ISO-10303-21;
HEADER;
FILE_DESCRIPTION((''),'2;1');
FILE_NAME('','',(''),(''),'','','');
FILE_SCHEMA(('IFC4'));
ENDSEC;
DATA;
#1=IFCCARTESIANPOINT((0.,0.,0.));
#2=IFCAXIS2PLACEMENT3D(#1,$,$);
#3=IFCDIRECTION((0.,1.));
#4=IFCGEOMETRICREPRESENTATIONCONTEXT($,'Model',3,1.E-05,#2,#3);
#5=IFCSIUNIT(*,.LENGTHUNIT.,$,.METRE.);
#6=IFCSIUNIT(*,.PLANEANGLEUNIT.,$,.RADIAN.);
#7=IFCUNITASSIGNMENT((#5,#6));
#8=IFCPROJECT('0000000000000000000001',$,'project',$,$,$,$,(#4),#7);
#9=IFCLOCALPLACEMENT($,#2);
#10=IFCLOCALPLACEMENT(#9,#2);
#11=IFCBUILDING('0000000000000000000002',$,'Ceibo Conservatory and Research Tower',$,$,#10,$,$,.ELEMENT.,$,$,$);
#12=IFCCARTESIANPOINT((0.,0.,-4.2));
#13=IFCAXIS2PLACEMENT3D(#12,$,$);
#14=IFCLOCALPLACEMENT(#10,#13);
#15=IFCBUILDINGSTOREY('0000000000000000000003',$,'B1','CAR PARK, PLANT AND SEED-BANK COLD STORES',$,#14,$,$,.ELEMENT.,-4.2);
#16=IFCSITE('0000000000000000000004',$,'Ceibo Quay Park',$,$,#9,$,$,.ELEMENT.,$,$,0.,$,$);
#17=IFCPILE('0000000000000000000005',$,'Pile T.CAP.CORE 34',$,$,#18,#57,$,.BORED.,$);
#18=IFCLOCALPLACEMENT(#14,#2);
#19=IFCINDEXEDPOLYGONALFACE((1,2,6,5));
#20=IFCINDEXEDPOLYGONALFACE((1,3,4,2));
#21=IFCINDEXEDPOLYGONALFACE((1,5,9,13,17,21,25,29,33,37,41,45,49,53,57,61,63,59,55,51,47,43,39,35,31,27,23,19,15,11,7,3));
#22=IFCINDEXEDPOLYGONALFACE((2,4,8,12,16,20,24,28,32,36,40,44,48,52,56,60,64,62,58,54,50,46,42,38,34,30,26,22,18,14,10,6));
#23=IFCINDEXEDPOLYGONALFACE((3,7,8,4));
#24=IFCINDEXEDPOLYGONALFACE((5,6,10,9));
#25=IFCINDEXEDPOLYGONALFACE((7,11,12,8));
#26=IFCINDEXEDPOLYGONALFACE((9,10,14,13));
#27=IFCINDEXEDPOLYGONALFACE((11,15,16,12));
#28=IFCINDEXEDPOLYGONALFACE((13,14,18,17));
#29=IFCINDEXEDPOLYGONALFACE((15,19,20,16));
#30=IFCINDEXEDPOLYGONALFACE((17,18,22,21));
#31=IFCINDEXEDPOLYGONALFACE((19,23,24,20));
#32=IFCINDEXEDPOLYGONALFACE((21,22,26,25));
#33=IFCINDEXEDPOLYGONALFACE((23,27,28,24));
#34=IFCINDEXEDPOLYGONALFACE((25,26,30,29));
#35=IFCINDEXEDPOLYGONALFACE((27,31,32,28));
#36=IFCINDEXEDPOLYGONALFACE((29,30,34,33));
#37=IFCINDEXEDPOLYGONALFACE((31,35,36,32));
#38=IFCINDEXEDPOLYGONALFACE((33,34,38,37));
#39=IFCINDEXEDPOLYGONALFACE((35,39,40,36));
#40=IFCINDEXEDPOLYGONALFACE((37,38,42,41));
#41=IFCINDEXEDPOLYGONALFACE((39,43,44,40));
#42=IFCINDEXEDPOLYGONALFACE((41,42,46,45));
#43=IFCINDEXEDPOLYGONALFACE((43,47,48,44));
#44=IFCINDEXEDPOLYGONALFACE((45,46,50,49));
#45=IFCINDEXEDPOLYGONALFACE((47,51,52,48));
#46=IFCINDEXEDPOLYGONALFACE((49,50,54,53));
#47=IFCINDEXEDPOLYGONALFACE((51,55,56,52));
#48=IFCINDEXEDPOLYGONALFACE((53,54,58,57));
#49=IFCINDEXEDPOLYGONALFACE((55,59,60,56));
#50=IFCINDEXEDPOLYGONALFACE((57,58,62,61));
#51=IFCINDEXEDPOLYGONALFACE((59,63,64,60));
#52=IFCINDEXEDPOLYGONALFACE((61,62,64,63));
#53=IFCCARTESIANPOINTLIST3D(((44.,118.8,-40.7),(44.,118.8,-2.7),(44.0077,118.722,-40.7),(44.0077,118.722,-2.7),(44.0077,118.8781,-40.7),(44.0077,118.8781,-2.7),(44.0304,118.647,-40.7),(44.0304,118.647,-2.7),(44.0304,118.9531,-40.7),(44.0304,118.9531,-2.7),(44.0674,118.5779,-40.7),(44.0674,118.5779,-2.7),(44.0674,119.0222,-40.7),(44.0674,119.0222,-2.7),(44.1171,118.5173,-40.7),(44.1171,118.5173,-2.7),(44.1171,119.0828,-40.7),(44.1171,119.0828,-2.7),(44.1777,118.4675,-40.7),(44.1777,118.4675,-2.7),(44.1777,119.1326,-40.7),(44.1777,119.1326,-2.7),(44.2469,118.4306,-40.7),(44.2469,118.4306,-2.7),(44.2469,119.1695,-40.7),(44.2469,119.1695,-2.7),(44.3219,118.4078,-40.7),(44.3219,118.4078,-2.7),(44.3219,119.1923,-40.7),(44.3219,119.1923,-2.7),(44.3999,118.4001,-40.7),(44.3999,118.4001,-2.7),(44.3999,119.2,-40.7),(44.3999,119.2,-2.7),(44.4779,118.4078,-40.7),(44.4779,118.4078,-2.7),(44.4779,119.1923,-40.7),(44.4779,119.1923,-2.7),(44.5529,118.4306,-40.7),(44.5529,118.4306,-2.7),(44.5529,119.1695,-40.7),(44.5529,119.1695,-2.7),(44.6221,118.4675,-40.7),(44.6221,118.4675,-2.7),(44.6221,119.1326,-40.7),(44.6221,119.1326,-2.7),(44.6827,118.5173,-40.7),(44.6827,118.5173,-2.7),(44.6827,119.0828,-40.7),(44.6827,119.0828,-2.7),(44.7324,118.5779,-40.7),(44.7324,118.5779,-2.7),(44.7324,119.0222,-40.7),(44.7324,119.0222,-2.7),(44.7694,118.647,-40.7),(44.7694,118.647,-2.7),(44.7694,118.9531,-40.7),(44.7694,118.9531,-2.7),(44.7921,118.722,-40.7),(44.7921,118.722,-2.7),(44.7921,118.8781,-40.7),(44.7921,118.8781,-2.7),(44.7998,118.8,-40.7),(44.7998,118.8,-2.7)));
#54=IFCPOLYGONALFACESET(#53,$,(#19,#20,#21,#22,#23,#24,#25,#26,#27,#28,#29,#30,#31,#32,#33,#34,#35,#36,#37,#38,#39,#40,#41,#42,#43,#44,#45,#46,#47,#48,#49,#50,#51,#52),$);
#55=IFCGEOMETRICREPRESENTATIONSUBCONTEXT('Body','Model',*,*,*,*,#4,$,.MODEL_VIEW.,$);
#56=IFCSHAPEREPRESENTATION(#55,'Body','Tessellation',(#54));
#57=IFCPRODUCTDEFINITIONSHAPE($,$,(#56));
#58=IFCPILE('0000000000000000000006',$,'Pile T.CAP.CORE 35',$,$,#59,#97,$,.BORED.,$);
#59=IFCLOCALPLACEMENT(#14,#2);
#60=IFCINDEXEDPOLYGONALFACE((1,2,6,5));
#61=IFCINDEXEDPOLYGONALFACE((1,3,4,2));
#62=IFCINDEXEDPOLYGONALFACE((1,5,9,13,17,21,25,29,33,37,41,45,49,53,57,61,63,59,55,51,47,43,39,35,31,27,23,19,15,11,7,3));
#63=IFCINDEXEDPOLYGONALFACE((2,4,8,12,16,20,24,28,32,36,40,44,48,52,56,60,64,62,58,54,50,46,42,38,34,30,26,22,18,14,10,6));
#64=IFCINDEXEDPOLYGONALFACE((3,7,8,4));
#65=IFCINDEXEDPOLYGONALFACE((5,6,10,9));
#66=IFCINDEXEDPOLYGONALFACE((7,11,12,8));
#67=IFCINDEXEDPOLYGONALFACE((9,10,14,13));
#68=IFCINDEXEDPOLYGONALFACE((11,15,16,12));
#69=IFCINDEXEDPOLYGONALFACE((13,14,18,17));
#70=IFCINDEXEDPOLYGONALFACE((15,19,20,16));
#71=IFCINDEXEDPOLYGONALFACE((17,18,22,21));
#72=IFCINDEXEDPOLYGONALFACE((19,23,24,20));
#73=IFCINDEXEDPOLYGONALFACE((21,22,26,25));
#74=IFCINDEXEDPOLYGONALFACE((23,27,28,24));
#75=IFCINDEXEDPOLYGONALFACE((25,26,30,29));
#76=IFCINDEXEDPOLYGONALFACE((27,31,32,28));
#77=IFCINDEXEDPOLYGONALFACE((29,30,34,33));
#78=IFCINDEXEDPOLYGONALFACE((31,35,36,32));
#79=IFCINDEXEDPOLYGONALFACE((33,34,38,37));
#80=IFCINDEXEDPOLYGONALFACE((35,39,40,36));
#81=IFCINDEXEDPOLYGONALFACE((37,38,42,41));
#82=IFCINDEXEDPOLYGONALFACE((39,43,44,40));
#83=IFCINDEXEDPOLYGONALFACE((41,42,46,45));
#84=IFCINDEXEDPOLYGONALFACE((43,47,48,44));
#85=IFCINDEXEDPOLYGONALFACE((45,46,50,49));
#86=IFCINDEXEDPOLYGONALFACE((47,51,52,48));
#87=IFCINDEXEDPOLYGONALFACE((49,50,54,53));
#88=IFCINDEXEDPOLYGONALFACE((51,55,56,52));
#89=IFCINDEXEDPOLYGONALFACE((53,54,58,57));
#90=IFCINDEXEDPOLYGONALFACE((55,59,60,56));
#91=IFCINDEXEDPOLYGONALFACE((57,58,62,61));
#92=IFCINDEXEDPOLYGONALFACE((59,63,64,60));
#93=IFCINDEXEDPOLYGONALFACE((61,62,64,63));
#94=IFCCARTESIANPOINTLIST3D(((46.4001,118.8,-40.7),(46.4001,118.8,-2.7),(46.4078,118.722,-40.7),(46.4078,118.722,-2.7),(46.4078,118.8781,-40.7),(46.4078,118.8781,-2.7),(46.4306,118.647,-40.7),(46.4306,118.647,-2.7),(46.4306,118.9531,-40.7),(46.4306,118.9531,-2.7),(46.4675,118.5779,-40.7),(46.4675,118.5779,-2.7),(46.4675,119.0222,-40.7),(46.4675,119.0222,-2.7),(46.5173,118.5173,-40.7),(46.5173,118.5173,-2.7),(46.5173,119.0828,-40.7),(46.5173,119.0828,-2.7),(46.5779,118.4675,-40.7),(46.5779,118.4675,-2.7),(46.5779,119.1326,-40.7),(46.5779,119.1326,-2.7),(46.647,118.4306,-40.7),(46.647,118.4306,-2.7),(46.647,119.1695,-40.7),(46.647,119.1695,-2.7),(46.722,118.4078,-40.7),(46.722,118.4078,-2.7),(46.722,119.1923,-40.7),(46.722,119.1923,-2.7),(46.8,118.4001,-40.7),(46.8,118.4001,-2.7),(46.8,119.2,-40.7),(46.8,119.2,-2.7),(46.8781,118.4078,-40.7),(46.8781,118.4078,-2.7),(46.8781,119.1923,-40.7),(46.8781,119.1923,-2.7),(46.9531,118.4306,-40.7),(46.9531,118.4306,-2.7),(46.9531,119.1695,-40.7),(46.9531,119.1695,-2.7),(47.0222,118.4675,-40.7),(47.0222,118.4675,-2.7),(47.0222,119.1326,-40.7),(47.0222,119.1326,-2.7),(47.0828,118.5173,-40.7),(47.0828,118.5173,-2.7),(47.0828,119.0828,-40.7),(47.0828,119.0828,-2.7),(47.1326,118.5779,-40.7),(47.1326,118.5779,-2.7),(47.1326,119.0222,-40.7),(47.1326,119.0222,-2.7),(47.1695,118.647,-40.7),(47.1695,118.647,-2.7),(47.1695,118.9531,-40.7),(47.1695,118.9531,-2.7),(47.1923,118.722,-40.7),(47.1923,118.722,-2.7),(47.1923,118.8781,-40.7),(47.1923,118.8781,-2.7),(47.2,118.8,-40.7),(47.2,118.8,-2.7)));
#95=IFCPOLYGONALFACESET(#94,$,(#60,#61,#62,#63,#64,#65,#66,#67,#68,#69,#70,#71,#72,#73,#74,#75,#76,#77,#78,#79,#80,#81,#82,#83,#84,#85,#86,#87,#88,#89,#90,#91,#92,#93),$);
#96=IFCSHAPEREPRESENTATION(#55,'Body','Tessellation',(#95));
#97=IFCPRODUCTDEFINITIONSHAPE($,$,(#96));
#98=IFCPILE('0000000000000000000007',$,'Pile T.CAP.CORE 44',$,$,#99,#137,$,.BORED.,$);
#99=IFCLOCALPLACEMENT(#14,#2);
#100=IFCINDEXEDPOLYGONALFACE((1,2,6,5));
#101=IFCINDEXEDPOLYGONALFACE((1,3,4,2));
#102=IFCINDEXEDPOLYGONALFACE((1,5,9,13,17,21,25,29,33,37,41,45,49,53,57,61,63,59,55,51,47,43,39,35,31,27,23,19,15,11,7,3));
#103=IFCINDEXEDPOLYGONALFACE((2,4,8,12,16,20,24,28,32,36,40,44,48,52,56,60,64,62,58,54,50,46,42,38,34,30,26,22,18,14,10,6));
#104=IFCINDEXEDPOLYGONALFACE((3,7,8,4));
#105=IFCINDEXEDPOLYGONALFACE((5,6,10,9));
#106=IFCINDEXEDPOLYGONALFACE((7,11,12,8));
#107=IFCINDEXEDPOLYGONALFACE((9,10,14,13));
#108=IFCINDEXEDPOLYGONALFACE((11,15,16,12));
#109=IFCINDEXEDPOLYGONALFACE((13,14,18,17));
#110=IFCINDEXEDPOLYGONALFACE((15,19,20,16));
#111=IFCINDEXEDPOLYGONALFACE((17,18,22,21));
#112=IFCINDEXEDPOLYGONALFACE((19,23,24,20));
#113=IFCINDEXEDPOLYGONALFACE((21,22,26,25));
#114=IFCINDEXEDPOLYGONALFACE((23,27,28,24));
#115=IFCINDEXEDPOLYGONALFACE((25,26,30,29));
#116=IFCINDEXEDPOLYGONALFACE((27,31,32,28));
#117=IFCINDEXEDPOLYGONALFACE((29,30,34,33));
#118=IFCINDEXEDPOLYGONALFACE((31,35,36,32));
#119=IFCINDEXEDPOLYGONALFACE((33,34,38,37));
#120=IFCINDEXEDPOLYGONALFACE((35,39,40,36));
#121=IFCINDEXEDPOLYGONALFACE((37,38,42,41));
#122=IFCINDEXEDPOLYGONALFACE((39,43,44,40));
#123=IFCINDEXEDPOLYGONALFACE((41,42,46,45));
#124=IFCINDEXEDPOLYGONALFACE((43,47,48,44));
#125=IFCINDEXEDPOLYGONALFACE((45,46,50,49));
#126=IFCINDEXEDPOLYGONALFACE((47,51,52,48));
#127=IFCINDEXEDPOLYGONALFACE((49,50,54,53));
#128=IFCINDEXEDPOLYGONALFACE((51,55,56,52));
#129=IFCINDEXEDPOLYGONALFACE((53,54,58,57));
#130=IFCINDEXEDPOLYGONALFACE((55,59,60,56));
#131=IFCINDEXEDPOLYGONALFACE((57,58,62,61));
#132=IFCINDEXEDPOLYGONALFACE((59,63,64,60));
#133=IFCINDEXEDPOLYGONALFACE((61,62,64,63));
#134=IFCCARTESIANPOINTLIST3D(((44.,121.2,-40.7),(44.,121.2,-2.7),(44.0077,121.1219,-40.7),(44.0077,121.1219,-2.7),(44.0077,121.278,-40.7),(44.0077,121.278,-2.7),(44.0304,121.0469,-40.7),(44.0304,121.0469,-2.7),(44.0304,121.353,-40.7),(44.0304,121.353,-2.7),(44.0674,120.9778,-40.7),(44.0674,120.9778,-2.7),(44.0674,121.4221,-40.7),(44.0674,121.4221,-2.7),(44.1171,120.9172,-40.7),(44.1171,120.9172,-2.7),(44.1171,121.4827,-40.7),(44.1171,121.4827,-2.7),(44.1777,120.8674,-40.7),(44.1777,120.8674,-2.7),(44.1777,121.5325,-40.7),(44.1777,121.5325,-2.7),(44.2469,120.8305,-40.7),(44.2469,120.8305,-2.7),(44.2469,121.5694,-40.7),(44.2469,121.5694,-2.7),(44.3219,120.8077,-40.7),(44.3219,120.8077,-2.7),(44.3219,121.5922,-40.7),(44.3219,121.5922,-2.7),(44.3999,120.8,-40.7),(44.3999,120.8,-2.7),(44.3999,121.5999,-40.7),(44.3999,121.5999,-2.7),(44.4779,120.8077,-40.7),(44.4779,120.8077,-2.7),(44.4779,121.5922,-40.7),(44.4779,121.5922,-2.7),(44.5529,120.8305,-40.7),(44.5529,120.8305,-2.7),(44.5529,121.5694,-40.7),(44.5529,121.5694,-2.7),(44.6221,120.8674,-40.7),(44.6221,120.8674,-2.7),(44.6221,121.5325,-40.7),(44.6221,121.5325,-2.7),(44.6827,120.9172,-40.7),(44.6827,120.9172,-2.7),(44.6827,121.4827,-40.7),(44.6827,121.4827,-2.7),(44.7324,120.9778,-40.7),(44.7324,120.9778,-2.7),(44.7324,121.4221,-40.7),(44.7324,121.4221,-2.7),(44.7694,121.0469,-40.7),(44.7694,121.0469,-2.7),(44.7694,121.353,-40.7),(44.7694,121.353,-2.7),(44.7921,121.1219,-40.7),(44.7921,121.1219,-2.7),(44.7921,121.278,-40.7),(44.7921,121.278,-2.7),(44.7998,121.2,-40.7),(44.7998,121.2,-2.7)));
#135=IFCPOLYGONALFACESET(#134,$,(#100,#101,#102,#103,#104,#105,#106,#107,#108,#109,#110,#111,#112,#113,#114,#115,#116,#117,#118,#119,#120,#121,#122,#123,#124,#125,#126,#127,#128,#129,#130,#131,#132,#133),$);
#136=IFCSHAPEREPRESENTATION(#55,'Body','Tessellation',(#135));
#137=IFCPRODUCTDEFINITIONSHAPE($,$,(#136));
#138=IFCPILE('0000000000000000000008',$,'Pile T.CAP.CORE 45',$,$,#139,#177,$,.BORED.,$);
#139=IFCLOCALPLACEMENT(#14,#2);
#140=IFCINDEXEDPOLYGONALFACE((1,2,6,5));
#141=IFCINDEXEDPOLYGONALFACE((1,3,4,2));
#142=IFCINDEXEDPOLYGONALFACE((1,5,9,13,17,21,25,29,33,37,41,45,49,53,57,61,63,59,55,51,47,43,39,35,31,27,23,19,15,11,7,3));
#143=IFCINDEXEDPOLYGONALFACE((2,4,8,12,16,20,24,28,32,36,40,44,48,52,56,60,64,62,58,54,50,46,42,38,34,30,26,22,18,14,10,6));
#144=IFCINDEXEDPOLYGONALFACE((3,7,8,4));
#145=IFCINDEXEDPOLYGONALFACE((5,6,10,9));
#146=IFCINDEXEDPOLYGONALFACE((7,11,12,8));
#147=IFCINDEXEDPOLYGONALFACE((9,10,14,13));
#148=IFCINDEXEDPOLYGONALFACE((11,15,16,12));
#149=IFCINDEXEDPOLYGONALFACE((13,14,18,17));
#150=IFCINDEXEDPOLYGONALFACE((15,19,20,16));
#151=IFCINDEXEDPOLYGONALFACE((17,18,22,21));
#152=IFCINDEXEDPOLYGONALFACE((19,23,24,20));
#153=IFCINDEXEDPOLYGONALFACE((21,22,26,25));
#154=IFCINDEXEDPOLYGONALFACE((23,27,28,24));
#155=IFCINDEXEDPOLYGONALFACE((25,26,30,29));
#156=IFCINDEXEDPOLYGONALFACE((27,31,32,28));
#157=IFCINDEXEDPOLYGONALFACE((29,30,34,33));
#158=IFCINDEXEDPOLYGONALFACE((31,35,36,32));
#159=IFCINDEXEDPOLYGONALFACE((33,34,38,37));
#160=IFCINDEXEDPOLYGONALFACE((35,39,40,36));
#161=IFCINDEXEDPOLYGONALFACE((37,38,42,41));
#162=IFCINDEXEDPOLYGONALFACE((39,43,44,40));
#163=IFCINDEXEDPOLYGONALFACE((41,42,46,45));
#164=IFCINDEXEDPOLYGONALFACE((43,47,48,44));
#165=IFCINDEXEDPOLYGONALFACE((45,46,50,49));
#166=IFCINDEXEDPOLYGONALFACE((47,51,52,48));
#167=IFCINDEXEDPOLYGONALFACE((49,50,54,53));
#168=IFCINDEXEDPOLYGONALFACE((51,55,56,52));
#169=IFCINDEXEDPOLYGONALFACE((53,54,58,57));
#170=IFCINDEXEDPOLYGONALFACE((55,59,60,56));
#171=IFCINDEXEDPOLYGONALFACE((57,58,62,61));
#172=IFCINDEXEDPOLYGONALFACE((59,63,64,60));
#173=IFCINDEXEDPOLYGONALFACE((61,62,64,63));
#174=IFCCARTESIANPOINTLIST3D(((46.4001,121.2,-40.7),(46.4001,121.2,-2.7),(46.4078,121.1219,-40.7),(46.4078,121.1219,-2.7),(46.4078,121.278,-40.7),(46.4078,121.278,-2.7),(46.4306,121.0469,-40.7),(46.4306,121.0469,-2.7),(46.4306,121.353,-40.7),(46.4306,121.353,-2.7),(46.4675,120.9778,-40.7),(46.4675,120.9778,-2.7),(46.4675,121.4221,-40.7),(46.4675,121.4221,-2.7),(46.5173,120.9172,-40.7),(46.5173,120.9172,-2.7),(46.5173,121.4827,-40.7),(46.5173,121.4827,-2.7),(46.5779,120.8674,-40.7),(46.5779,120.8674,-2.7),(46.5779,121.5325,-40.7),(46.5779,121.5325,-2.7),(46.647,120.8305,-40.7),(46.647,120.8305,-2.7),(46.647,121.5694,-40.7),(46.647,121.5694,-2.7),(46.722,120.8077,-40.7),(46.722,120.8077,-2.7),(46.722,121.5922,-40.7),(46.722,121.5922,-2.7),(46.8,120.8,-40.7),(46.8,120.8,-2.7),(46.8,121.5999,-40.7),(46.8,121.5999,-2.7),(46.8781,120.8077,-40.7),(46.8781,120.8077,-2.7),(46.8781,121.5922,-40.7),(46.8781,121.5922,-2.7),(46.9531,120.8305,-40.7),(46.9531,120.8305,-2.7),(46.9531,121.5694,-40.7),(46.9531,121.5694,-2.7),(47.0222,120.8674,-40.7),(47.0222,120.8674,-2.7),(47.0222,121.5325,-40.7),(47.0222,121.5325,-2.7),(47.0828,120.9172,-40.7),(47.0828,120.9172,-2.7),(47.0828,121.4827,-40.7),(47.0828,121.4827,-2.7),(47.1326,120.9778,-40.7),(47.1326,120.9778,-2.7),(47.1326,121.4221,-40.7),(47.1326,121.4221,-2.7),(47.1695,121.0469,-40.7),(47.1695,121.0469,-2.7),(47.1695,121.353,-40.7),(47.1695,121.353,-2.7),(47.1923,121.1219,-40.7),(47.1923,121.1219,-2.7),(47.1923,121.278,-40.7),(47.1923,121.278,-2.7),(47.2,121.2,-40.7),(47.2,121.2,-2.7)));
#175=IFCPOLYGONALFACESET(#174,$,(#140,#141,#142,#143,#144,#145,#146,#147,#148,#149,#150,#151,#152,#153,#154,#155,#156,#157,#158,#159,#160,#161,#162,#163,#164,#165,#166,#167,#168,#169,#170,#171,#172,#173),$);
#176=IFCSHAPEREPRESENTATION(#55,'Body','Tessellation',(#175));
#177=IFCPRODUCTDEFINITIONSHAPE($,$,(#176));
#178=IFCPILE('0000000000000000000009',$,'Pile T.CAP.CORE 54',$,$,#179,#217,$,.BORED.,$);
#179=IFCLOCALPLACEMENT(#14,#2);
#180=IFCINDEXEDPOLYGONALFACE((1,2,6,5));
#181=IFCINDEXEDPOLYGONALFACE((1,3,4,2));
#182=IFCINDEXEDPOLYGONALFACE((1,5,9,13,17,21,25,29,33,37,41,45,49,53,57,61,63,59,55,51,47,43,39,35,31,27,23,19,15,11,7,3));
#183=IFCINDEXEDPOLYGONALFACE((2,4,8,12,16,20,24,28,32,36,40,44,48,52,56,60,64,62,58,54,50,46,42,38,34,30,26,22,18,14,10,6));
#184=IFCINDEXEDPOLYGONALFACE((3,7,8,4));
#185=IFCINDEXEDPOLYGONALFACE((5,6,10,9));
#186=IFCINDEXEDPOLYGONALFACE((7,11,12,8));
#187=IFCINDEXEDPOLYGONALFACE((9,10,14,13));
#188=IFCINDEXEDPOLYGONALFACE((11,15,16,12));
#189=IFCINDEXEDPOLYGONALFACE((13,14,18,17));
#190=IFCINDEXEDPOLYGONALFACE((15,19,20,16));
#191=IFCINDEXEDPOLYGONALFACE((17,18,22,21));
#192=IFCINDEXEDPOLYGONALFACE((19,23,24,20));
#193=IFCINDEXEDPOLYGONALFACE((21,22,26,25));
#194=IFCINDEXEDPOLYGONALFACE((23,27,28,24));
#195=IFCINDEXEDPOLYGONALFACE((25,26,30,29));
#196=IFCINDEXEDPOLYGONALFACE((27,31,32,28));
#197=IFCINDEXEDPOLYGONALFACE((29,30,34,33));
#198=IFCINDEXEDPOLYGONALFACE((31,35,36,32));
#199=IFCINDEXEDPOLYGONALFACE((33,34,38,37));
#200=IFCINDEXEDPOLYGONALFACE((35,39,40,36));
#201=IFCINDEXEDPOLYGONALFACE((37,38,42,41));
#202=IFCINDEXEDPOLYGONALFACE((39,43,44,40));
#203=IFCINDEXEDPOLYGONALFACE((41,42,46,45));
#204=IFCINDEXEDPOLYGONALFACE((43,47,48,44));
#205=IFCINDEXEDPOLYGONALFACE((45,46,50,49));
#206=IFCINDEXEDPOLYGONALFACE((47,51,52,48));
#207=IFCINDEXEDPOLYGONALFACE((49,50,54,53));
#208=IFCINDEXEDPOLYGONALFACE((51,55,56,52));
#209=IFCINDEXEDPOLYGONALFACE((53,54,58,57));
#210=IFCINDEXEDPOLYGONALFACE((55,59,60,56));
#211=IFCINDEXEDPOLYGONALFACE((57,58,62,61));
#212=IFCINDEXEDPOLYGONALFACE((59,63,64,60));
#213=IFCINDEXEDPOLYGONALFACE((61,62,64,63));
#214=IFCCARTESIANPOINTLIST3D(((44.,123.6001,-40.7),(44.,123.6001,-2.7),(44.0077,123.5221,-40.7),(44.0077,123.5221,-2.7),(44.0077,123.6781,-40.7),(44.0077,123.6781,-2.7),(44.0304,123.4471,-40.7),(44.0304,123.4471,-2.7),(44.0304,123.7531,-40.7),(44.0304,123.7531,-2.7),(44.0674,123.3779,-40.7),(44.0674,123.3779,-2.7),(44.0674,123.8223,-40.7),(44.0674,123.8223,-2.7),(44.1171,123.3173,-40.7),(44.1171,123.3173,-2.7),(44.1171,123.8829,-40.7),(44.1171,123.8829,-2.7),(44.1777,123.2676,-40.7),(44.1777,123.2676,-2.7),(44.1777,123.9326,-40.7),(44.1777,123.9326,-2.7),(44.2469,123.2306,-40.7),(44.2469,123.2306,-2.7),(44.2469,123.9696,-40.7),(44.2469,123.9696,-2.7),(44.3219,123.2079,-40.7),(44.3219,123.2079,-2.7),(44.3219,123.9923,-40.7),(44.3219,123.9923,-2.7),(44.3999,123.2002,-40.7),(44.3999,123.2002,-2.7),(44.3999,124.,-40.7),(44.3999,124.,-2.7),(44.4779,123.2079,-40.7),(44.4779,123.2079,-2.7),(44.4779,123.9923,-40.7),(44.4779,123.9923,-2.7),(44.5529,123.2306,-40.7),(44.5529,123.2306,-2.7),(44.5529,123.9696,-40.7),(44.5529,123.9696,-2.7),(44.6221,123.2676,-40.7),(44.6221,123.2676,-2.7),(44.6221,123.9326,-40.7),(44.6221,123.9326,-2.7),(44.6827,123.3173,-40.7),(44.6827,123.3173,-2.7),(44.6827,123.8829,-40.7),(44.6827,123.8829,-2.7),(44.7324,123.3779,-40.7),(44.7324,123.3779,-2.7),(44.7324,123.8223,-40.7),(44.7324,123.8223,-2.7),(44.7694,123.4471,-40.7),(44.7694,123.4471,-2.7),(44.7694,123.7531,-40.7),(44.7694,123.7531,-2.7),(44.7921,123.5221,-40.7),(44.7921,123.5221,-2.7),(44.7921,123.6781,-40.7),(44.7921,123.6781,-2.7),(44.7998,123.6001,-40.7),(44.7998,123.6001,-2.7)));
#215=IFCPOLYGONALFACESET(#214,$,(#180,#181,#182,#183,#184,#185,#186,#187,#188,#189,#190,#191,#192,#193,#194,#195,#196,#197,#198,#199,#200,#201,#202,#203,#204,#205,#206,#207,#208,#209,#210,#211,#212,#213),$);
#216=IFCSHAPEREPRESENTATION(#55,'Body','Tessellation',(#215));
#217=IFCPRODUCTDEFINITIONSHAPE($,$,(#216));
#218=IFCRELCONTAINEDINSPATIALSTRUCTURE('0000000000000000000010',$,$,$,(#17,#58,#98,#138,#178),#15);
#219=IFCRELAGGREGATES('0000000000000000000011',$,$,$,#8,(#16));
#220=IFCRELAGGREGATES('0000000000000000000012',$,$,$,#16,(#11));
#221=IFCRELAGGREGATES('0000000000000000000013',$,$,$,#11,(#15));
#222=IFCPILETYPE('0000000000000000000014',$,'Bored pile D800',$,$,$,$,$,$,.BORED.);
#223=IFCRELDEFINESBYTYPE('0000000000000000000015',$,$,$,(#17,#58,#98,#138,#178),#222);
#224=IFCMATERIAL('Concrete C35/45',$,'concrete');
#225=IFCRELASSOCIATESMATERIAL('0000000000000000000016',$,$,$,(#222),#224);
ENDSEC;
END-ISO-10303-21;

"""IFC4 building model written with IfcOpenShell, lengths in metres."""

from ifc_helpers import new_model, si_unit, direction, frame, origin, origin_2d, place, context, subcontext, project, spatial, circle, extrude, material, material_profile, profile_set, type_object, element, save


model = new_model("IFC4")

# Units and contexts
model_context = context("Model", 3, precision=1e-05, world=origin(), true_north=direction((0.0, 1.0)))
body_context = subcontext(model_context, "Body", "Model", "MODEL_VIEW")
ifc_project = project(units=[si_unit("LENGTHUNIT", "METRE"), si_unit("PLANEANGLEUNIT", "RADIAN")], contexts=[model_context])

# Site, building, storey
site_placement = place(None, origin())
site = spatial("IfcSite", under=ifc_project, at=site_placement, Name="Ceibo Quay Park", CompositionType="ELEMENT", RefElevation=0.0)
building_placement = place(site_placement, origin())
building = spatial("IfcBuilding", under=site, at=building_placement, Name="Ceibo Conservatory and Research Tower", CompositionType="ELEMENT")
storey_placement = place(building_placement, frame((0.0, 0.0, -4.2)))
storey = spatial("IfcBuildingStorey", under=building, at=storey_placement, Name="B1", Description="CAR PARK, PLANT AND SEED-BANK COLD STORES", CompositionType="ELEMENT", Elevation=-4.2)

# Piles
ifc_material_1 = material(Name="Concrete C35/45", Category="concrete")
ifc_material_profile = material_profile(ifc_material_1, circle(Radius=0.3999, at=origin_2d()), Name="RC D800")
ifc_profile_set = profile_set([ifc_material_profile], Name="Concrete C35/45")
pile_type = type_object("IfcPileType", Name="Bored pile D800", PredefinedType="BORED", material=ifc_profile_set)
for number, where, z_axis, x_axis, name in (
    (1, (44.3999, 118.8, -2.7), (0.0, 0.0, -1.0), (1.0, 0.0, 0.0), "Pile T.CAP.CORE 34"),
    (2, (46.8, 118.8, -2.7), (0.0, 0.0, -1.0), (1.0, 0.0, 0.0), "Pile T.CAP.CORE 35"),
    (3, (44.3999, 121.2, -2.7), (0.0, 0.0, -1.0), (1.0, 0.0, 0.0), "Pile T.CAP.CORE 44"),
    (4, (46.8, 121.2, -2.7), (0.0, 0.0, -1.0), (1.0, 0.0, 0.0), "Pile T.CAP.CORE 45"),
    (5, (44.3999, 123.6001, -2.7), (0.0, 0.0, -1.0), (1.0, 0.0, 0.0), "Pile T.CAP.CORE 54"),
):
    element("IfcPile", number, at=place(storey_placement, frame(where, z_axis=z_axis, x_axis=x_axis)), inside=storey, type_object=pile_type, Name=name, PredefinedType="BORED", context=body_context, shape_type="SweptSolid", body=[
        extrude(circle(Radius=0.3999, at=origin_2d()), origin(), (0.0, 0.0, 1.0), 38.0),
    ])

save(model, "model.ifc")
